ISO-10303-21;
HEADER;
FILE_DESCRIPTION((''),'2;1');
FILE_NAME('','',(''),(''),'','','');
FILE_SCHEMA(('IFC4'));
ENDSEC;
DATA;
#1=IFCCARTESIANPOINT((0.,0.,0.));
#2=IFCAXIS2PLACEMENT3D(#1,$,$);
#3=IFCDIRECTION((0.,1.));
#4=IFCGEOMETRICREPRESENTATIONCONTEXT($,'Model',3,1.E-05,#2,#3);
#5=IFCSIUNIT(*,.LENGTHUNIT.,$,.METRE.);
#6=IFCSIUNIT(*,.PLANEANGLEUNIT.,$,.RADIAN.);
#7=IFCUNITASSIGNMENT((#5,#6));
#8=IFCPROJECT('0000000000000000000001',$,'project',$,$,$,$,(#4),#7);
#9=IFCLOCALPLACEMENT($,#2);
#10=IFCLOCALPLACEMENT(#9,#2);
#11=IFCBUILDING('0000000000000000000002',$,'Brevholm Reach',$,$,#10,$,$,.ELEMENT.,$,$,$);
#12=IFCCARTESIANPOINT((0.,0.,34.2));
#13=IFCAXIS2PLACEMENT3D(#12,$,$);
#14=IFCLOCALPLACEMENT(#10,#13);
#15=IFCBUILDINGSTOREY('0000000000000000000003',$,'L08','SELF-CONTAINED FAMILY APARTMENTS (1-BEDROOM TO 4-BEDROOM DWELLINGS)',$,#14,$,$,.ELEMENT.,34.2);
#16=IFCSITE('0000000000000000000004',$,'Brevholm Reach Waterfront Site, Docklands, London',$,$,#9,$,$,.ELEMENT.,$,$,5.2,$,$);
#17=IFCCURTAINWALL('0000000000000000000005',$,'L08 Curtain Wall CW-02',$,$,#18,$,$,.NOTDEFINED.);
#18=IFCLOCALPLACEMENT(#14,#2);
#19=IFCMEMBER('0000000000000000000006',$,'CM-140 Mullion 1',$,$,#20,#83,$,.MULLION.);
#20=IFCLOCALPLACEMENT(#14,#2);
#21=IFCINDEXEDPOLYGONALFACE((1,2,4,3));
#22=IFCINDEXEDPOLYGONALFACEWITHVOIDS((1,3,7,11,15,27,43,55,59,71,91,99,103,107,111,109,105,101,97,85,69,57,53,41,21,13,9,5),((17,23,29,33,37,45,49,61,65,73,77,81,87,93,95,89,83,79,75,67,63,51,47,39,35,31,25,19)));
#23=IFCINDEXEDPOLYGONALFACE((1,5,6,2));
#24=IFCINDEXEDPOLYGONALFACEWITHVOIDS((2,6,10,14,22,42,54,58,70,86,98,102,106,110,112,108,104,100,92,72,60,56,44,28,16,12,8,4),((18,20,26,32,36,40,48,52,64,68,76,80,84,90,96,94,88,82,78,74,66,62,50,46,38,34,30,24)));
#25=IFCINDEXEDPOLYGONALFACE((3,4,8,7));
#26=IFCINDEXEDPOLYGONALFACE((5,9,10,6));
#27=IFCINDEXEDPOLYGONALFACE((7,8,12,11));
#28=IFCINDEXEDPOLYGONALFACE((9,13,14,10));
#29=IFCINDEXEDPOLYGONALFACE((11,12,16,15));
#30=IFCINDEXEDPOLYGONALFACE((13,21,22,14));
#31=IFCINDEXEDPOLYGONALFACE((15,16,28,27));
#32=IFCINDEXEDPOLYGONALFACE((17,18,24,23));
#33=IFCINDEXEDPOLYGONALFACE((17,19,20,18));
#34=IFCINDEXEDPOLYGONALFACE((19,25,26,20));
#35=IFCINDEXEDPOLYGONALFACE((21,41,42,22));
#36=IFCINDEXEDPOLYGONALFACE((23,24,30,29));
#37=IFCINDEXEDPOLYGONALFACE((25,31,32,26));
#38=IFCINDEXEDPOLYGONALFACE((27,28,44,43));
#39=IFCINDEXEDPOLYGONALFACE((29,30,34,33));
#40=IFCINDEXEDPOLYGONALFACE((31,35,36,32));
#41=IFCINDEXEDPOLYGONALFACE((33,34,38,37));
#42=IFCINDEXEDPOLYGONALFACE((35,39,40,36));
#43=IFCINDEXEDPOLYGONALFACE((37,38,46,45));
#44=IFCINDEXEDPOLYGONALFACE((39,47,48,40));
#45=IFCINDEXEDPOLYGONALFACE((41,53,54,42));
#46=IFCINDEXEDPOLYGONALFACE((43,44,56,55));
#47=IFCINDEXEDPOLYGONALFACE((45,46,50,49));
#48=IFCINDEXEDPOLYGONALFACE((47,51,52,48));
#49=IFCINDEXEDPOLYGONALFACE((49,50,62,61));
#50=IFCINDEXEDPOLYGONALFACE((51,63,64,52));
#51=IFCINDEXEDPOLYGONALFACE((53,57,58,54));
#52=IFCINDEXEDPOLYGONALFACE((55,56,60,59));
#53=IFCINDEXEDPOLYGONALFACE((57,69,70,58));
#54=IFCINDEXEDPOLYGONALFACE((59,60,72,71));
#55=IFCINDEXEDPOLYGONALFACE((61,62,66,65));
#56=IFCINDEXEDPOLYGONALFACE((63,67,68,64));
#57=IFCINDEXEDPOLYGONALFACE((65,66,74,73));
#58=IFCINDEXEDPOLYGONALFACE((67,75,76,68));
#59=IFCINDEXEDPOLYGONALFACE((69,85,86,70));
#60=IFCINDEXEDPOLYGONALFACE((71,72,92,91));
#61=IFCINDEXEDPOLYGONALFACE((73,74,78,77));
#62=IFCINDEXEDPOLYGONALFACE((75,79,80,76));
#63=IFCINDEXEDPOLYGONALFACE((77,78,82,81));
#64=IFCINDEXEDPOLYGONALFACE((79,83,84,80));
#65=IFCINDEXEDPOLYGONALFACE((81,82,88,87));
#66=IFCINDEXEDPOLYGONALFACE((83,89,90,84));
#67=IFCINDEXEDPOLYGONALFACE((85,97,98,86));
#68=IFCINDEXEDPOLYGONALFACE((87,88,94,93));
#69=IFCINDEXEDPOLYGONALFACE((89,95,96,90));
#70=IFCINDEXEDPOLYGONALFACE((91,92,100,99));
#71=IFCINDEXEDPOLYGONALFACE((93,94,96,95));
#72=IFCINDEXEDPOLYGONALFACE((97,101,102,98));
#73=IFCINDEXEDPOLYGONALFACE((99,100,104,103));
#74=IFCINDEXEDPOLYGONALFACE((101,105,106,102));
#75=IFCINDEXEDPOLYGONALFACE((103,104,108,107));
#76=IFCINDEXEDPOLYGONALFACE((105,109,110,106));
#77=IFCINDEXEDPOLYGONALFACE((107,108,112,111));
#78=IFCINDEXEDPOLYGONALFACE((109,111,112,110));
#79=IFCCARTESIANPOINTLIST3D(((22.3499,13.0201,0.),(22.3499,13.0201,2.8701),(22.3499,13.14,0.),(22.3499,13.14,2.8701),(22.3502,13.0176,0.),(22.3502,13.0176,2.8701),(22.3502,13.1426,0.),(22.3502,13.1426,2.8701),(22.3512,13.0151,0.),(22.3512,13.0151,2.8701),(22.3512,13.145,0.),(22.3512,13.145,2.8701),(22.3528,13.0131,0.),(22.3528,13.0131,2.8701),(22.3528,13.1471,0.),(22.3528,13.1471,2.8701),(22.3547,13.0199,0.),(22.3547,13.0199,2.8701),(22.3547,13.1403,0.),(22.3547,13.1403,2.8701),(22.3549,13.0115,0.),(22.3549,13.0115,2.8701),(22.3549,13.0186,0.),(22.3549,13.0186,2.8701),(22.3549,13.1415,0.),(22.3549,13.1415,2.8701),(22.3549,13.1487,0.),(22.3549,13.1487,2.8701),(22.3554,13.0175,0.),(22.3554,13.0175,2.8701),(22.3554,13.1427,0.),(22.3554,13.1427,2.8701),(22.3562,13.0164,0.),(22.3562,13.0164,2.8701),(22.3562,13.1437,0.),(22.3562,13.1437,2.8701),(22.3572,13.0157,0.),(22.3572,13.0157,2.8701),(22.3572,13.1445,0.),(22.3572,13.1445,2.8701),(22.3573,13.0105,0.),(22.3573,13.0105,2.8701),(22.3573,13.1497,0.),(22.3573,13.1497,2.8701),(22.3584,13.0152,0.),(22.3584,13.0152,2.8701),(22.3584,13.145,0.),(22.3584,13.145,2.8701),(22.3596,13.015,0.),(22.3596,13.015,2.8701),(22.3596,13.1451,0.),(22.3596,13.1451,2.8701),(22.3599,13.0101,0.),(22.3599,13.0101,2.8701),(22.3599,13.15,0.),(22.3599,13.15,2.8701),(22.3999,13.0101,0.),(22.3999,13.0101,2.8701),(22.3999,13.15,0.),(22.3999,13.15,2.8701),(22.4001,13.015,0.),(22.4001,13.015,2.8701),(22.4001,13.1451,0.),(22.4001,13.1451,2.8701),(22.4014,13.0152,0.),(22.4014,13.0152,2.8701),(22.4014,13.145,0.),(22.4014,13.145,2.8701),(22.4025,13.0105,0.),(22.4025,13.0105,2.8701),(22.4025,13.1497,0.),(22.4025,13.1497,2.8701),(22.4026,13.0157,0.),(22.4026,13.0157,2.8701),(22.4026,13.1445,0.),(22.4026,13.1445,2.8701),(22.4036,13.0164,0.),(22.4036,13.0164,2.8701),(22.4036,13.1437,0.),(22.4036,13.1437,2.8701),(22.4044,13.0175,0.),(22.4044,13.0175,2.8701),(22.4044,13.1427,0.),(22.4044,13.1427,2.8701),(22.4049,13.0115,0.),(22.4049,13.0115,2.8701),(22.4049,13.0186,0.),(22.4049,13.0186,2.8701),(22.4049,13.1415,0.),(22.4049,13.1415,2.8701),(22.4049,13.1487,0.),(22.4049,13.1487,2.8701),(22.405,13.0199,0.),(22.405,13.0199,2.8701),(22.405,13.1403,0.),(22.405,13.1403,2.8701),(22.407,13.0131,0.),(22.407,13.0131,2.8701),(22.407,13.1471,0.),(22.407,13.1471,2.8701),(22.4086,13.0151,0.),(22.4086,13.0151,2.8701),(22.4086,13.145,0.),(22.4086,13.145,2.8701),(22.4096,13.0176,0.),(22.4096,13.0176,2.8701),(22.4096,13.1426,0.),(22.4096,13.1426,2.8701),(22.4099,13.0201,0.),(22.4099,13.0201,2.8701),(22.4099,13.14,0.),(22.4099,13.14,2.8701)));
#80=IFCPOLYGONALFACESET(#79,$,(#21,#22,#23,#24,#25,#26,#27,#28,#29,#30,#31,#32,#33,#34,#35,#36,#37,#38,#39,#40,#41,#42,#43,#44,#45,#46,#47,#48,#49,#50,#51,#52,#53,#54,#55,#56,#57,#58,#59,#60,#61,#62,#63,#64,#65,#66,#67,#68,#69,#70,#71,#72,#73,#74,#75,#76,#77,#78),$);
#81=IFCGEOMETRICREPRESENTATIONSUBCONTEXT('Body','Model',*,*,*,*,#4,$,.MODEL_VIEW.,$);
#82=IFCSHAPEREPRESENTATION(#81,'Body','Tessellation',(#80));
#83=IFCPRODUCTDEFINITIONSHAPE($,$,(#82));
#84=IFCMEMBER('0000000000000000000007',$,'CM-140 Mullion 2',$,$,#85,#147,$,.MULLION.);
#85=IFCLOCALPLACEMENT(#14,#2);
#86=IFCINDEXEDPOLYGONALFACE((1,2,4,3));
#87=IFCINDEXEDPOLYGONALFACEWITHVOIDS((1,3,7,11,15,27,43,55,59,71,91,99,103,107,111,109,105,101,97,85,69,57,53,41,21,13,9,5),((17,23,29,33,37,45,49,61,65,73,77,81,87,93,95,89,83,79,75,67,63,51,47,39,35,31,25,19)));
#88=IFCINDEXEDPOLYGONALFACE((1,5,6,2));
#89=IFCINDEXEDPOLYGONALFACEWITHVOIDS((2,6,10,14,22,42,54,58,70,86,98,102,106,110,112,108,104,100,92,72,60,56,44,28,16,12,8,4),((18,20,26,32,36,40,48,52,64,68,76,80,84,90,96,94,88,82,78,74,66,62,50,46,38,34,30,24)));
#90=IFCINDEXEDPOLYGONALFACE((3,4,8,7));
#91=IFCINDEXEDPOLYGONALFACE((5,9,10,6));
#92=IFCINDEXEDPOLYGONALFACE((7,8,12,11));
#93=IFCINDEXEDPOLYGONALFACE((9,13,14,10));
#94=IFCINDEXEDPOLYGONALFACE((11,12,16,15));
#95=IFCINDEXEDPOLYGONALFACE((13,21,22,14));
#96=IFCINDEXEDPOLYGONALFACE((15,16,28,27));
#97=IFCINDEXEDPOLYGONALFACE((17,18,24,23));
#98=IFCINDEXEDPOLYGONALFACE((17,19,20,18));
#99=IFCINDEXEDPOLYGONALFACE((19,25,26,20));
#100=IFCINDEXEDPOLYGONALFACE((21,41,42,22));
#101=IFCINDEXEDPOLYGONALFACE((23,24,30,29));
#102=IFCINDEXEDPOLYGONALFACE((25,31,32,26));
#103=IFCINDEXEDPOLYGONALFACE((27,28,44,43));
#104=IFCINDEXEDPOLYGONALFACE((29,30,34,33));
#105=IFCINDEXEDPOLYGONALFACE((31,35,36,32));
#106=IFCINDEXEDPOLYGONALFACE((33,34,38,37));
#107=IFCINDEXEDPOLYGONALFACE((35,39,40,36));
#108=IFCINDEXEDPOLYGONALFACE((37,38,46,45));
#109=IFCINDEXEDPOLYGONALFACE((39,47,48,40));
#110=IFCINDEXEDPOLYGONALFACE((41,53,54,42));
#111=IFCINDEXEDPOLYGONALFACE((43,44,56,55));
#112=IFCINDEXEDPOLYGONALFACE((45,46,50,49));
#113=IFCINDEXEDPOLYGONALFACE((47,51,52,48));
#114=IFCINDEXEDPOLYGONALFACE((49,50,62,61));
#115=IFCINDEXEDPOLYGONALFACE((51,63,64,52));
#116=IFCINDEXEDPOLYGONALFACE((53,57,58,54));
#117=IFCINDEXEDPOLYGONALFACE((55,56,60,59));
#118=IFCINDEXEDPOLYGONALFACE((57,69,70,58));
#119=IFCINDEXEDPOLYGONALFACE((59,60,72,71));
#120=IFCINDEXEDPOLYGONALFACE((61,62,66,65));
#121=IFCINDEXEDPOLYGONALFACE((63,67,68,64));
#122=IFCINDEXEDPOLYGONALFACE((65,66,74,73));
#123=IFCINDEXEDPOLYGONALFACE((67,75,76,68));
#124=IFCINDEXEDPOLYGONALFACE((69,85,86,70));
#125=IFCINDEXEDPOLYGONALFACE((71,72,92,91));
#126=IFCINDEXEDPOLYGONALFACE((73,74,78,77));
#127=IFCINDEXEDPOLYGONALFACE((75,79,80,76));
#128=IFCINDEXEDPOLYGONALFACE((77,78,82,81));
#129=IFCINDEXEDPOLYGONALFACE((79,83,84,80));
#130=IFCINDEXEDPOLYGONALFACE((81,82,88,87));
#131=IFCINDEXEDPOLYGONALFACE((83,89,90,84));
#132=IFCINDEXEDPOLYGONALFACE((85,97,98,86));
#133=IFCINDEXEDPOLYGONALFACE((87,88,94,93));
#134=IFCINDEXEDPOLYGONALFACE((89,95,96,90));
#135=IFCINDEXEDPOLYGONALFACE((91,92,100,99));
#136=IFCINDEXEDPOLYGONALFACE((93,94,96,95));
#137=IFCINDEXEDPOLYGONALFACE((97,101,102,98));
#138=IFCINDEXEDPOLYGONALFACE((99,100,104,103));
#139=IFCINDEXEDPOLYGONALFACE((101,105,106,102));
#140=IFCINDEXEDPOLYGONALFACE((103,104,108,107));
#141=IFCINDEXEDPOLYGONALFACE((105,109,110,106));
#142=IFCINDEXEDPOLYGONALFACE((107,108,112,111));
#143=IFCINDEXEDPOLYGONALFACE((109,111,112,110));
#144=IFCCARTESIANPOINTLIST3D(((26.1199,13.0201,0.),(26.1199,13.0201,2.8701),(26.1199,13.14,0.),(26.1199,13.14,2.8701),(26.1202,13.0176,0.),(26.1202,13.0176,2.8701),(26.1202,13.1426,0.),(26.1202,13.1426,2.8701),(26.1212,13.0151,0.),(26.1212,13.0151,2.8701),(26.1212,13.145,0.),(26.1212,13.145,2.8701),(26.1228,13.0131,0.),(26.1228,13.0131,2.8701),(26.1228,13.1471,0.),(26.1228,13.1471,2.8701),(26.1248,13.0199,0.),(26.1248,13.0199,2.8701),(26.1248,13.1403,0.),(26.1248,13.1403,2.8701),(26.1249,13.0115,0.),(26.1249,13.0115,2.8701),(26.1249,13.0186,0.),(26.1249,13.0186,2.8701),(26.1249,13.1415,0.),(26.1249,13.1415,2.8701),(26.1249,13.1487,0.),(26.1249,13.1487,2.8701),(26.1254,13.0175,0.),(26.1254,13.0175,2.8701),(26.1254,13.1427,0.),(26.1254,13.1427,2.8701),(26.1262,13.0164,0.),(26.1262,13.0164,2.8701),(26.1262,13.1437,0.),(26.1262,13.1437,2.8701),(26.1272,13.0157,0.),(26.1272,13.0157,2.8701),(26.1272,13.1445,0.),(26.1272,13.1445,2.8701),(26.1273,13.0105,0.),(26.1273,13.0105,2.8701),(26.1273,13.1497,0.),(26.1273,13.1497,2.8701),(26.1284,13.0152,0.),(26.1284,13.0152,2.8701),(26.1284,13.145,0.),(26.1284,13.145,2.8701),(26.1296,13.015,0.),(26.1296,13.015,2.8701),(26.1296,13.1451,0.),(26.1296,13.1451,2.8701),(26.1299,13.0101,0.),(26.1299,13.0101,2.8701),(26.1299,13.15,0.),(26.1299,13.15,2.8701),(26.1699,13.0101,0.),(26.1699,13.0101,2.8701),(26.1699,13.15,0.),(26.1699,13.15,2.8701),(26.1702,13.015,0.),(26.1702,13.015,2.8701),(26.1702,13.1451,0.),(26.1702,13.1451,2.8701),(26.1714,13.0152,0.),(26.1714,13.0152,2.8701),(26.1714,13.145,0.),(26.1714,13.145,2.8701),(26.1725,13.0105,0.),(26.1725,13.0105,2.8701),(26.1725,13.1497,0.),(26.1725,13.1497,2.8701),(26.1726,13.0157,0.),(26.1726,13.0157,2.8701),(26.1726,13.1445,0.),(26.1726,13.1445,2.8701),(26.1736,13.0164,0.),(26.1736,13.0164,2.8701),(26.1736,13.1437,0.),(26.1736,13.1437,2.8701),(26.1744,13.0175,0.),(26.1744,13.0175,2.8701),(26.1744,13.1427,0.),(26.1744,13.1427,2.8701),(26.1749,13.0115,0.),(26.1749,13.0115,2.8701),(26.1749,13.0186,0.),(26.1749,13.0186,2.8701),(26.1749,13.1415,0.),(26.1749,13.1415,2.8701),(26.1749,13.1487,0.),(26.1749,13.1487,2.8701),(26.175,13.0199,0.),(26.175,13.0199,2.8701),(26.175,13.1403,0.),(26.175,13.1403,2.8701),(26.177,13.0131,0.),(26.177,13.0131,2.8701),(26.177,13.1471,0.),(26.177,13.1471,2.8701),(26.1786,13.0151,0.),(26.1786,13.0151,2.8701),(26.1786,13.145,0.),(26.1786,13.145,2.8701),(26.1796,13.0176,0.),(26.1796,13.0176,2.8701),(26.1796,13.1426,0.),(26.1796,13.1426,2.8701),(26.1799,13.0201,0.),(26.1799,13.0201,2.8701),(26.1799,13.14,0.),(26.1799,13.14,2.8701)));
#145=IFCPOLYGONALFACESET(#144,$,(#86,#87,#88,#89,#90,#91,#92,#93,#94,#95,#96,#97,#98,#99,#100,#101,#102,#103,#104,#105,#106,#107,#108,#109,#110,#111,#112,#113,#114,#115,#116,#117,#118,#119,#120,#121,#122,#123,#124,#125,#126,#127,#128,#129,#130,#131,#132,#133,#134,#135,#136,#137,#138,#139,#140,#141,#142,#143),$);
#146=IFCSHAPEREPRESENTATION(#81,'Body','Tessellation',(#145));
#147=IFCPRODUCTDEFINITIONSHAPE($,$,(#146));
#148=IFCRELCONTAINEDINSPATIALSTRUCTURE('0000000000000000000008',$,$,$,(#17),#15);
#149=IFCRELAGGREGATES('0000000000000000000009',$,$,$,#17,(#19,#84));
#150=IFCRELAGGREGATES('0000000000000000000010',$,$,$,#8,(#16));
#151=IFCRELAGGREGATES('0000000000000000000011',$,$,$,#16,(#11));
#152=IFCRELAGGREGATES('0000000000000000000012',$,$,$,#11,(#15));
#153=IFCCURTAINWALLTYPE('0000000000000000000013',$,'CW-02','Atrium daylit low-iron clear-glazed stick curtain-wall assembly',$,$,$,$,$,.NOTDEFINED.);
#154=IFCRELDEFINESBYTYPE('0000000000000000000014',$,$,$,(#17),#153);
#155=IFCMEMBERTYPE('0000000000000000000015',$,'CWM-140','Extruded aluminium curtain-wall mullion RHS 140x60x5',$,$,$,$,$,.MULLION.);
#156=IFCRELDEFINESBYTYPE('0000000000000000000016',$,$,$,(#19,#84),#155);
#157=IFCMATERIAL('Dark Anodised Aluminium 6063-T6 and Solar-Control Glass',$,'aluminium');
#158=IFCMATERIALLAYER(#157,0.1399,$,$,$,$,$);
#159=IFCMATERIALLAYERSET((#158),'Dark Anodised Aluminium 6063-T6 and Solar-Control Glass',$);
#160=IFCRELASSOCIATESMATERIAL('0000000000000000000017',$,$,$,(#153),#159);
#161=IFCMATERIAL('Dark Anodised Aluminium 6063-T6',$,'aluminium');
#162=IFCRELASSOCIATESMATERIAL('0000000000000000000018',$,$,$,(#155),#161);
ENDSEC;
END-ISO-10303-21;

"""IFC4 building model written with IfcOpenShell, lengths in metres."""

from ifc_helpers import new_model, si_unit, direction, frame, origin, origin_2d, place, context, subcontext, project, spatial, hollow_rectangle, extrude, material, layer, layer_set, material_profile, profile_set, type_object, element, aggregate, save


model = new_model("IFC4")

# Units and contexts
model_context = context("Model", 3, precision=1e-05, world=origin(), true_north=direction((0.0, 1.0)))
body_context = subcontext(model_context, "Body", "Model", "MODEL_VIEW")
ifc_project = project(units=[si_unit("LENGTHUNIT", "METRE"), si_unit("PLANEANGLEUNIT", "RADIAN")], contexts=[model_context])

# Site, building, storey
site_placement = place(None, origin())
site = spatial("IfcSite", under=ifc_project, at=site_placement, Name="Brevholm Reach Waterfront Site, Docklands, London", CompositionType="ELEMENT", RefElevation=5.2)
building_placement = place(site_placement, origin())
building = spatial("IfcBuilding", under=site, at=building_placement, Name="Brevholm Reach", CompositionType="ELEMENT")
storey_placement = place(building_placement, frame((0.0, 0.0, 34.2)))
storey = spatial("IfcBuildingStorey", under=building, at=storey_placement, Name="L08", Description="SELF-CONTAINED FAMILY APARTMENTS (1-BEDROOM TO 4-BEDROOM DWELLINGS)", CompositionType="ELEMENT", Elevation=34.2)

# Curtain wall, members
ifc_material_1 = material(Name="Dark Anodised Aluminium 6063-T6 and Solar-Control Glass", Category="aluminium")
ifc_layer_1 = layer(ifc_material_1, 0.1399)
ifc_layer_set_1 = layer_set([ifc_layer_1], Name="Dark Anodised Aluminium 6063-T6 and Solar-Control Glass")
curtain_wall_type = type_object("IfcCurtainWallType", Name="CW-02", Description="Atrium daylit low-iron clear-glazed stick curtain-wall assembly", PredefinedType="NOTDEFINED", material=ifc_layer_set_1)
curtain_wall_placement = place(storey_placement, origin())
curtain_wall = element("IfcCurtainWall", 1, at=curtain_wall_placement, inside=storey, type_object=curtain_wall_type, Name="L08 Curtain Wall CW-02", PredefinedType="NOTDEFINED")
ifc_material_2 = material(Name="Dark Anodised Aluminium 6063-T6", Category="aluminium")
ifc_material_profile_1 = material_profile(ifc_material_2, hollow_rectangle(XDim=0.0601, YDim=0.1399, WallThickness=0.0049, InnerFilletRadius=0.0049, OuterFilletRadius=0.01, at=origin_2d()), Name="RHS 140x60x5")
ifc_profile_set_1 = profile_set([ifc_material_profile_1], Name="Dark Anodised Aluminium 6063-T6")
member_type_1 = type_object("IfcMemberType", Name="CWM-140", Description="Extruded aluminium curtain-wall mullion RHS 140x60x5", PredefinedType="MULLION", material=ifc_profile_set_1)
member_1_placement = place(storey_placement, frame((22.3799, 13.0801, 0.0), z_axis=(0.0, 0.0, 1.0), x_axis=(1.0, 0.0, 0.0)))
member_1 = element("IfcMember", 2, at=member_1_placement, type_object=member_type_1, Name="CM-140 Mullion 1", PredefinedType="MULLION", context=body_context, shape_type="SweptSolid", body=[
    extrude(hollow_rectangle(XDim=0.0601, YDim=0.1399, WallThickness=0.0049, InnerFilletRadius=0.0049, OuterFilletRadius=0.01, at=origin_2d()), origin(), (0.0, 0.0, 1.0), 2.8701),
])
member_2_placement = place(storey_placement, frame((26.1499, 13.0801, 0.0), z_axis=(0.0, 0.0, 1.0), x_axis=(1.0, 0.0, 0.0)))
member_2 = element("IfcMember", 3, at=member_2_placement, type_object=member_type_1, Name="CM-140 Mullion 2", PredefinedType="MULLION", context=body_context, shape_type="SweptSolid", body=[
    extrude(hollow_rectangle(XDim=0.0601, YDim=0.1399, WallThickness=0.0049, InnerFilletRadius=0.0049, OuterFilletRadius=0.01, at=origin_2d()), origin(), (0.0, 0.0, 1.0), 2.8701),
])
aggregate(curtain_wall, [member_1, member_2])

save(model, "model.ifc")
